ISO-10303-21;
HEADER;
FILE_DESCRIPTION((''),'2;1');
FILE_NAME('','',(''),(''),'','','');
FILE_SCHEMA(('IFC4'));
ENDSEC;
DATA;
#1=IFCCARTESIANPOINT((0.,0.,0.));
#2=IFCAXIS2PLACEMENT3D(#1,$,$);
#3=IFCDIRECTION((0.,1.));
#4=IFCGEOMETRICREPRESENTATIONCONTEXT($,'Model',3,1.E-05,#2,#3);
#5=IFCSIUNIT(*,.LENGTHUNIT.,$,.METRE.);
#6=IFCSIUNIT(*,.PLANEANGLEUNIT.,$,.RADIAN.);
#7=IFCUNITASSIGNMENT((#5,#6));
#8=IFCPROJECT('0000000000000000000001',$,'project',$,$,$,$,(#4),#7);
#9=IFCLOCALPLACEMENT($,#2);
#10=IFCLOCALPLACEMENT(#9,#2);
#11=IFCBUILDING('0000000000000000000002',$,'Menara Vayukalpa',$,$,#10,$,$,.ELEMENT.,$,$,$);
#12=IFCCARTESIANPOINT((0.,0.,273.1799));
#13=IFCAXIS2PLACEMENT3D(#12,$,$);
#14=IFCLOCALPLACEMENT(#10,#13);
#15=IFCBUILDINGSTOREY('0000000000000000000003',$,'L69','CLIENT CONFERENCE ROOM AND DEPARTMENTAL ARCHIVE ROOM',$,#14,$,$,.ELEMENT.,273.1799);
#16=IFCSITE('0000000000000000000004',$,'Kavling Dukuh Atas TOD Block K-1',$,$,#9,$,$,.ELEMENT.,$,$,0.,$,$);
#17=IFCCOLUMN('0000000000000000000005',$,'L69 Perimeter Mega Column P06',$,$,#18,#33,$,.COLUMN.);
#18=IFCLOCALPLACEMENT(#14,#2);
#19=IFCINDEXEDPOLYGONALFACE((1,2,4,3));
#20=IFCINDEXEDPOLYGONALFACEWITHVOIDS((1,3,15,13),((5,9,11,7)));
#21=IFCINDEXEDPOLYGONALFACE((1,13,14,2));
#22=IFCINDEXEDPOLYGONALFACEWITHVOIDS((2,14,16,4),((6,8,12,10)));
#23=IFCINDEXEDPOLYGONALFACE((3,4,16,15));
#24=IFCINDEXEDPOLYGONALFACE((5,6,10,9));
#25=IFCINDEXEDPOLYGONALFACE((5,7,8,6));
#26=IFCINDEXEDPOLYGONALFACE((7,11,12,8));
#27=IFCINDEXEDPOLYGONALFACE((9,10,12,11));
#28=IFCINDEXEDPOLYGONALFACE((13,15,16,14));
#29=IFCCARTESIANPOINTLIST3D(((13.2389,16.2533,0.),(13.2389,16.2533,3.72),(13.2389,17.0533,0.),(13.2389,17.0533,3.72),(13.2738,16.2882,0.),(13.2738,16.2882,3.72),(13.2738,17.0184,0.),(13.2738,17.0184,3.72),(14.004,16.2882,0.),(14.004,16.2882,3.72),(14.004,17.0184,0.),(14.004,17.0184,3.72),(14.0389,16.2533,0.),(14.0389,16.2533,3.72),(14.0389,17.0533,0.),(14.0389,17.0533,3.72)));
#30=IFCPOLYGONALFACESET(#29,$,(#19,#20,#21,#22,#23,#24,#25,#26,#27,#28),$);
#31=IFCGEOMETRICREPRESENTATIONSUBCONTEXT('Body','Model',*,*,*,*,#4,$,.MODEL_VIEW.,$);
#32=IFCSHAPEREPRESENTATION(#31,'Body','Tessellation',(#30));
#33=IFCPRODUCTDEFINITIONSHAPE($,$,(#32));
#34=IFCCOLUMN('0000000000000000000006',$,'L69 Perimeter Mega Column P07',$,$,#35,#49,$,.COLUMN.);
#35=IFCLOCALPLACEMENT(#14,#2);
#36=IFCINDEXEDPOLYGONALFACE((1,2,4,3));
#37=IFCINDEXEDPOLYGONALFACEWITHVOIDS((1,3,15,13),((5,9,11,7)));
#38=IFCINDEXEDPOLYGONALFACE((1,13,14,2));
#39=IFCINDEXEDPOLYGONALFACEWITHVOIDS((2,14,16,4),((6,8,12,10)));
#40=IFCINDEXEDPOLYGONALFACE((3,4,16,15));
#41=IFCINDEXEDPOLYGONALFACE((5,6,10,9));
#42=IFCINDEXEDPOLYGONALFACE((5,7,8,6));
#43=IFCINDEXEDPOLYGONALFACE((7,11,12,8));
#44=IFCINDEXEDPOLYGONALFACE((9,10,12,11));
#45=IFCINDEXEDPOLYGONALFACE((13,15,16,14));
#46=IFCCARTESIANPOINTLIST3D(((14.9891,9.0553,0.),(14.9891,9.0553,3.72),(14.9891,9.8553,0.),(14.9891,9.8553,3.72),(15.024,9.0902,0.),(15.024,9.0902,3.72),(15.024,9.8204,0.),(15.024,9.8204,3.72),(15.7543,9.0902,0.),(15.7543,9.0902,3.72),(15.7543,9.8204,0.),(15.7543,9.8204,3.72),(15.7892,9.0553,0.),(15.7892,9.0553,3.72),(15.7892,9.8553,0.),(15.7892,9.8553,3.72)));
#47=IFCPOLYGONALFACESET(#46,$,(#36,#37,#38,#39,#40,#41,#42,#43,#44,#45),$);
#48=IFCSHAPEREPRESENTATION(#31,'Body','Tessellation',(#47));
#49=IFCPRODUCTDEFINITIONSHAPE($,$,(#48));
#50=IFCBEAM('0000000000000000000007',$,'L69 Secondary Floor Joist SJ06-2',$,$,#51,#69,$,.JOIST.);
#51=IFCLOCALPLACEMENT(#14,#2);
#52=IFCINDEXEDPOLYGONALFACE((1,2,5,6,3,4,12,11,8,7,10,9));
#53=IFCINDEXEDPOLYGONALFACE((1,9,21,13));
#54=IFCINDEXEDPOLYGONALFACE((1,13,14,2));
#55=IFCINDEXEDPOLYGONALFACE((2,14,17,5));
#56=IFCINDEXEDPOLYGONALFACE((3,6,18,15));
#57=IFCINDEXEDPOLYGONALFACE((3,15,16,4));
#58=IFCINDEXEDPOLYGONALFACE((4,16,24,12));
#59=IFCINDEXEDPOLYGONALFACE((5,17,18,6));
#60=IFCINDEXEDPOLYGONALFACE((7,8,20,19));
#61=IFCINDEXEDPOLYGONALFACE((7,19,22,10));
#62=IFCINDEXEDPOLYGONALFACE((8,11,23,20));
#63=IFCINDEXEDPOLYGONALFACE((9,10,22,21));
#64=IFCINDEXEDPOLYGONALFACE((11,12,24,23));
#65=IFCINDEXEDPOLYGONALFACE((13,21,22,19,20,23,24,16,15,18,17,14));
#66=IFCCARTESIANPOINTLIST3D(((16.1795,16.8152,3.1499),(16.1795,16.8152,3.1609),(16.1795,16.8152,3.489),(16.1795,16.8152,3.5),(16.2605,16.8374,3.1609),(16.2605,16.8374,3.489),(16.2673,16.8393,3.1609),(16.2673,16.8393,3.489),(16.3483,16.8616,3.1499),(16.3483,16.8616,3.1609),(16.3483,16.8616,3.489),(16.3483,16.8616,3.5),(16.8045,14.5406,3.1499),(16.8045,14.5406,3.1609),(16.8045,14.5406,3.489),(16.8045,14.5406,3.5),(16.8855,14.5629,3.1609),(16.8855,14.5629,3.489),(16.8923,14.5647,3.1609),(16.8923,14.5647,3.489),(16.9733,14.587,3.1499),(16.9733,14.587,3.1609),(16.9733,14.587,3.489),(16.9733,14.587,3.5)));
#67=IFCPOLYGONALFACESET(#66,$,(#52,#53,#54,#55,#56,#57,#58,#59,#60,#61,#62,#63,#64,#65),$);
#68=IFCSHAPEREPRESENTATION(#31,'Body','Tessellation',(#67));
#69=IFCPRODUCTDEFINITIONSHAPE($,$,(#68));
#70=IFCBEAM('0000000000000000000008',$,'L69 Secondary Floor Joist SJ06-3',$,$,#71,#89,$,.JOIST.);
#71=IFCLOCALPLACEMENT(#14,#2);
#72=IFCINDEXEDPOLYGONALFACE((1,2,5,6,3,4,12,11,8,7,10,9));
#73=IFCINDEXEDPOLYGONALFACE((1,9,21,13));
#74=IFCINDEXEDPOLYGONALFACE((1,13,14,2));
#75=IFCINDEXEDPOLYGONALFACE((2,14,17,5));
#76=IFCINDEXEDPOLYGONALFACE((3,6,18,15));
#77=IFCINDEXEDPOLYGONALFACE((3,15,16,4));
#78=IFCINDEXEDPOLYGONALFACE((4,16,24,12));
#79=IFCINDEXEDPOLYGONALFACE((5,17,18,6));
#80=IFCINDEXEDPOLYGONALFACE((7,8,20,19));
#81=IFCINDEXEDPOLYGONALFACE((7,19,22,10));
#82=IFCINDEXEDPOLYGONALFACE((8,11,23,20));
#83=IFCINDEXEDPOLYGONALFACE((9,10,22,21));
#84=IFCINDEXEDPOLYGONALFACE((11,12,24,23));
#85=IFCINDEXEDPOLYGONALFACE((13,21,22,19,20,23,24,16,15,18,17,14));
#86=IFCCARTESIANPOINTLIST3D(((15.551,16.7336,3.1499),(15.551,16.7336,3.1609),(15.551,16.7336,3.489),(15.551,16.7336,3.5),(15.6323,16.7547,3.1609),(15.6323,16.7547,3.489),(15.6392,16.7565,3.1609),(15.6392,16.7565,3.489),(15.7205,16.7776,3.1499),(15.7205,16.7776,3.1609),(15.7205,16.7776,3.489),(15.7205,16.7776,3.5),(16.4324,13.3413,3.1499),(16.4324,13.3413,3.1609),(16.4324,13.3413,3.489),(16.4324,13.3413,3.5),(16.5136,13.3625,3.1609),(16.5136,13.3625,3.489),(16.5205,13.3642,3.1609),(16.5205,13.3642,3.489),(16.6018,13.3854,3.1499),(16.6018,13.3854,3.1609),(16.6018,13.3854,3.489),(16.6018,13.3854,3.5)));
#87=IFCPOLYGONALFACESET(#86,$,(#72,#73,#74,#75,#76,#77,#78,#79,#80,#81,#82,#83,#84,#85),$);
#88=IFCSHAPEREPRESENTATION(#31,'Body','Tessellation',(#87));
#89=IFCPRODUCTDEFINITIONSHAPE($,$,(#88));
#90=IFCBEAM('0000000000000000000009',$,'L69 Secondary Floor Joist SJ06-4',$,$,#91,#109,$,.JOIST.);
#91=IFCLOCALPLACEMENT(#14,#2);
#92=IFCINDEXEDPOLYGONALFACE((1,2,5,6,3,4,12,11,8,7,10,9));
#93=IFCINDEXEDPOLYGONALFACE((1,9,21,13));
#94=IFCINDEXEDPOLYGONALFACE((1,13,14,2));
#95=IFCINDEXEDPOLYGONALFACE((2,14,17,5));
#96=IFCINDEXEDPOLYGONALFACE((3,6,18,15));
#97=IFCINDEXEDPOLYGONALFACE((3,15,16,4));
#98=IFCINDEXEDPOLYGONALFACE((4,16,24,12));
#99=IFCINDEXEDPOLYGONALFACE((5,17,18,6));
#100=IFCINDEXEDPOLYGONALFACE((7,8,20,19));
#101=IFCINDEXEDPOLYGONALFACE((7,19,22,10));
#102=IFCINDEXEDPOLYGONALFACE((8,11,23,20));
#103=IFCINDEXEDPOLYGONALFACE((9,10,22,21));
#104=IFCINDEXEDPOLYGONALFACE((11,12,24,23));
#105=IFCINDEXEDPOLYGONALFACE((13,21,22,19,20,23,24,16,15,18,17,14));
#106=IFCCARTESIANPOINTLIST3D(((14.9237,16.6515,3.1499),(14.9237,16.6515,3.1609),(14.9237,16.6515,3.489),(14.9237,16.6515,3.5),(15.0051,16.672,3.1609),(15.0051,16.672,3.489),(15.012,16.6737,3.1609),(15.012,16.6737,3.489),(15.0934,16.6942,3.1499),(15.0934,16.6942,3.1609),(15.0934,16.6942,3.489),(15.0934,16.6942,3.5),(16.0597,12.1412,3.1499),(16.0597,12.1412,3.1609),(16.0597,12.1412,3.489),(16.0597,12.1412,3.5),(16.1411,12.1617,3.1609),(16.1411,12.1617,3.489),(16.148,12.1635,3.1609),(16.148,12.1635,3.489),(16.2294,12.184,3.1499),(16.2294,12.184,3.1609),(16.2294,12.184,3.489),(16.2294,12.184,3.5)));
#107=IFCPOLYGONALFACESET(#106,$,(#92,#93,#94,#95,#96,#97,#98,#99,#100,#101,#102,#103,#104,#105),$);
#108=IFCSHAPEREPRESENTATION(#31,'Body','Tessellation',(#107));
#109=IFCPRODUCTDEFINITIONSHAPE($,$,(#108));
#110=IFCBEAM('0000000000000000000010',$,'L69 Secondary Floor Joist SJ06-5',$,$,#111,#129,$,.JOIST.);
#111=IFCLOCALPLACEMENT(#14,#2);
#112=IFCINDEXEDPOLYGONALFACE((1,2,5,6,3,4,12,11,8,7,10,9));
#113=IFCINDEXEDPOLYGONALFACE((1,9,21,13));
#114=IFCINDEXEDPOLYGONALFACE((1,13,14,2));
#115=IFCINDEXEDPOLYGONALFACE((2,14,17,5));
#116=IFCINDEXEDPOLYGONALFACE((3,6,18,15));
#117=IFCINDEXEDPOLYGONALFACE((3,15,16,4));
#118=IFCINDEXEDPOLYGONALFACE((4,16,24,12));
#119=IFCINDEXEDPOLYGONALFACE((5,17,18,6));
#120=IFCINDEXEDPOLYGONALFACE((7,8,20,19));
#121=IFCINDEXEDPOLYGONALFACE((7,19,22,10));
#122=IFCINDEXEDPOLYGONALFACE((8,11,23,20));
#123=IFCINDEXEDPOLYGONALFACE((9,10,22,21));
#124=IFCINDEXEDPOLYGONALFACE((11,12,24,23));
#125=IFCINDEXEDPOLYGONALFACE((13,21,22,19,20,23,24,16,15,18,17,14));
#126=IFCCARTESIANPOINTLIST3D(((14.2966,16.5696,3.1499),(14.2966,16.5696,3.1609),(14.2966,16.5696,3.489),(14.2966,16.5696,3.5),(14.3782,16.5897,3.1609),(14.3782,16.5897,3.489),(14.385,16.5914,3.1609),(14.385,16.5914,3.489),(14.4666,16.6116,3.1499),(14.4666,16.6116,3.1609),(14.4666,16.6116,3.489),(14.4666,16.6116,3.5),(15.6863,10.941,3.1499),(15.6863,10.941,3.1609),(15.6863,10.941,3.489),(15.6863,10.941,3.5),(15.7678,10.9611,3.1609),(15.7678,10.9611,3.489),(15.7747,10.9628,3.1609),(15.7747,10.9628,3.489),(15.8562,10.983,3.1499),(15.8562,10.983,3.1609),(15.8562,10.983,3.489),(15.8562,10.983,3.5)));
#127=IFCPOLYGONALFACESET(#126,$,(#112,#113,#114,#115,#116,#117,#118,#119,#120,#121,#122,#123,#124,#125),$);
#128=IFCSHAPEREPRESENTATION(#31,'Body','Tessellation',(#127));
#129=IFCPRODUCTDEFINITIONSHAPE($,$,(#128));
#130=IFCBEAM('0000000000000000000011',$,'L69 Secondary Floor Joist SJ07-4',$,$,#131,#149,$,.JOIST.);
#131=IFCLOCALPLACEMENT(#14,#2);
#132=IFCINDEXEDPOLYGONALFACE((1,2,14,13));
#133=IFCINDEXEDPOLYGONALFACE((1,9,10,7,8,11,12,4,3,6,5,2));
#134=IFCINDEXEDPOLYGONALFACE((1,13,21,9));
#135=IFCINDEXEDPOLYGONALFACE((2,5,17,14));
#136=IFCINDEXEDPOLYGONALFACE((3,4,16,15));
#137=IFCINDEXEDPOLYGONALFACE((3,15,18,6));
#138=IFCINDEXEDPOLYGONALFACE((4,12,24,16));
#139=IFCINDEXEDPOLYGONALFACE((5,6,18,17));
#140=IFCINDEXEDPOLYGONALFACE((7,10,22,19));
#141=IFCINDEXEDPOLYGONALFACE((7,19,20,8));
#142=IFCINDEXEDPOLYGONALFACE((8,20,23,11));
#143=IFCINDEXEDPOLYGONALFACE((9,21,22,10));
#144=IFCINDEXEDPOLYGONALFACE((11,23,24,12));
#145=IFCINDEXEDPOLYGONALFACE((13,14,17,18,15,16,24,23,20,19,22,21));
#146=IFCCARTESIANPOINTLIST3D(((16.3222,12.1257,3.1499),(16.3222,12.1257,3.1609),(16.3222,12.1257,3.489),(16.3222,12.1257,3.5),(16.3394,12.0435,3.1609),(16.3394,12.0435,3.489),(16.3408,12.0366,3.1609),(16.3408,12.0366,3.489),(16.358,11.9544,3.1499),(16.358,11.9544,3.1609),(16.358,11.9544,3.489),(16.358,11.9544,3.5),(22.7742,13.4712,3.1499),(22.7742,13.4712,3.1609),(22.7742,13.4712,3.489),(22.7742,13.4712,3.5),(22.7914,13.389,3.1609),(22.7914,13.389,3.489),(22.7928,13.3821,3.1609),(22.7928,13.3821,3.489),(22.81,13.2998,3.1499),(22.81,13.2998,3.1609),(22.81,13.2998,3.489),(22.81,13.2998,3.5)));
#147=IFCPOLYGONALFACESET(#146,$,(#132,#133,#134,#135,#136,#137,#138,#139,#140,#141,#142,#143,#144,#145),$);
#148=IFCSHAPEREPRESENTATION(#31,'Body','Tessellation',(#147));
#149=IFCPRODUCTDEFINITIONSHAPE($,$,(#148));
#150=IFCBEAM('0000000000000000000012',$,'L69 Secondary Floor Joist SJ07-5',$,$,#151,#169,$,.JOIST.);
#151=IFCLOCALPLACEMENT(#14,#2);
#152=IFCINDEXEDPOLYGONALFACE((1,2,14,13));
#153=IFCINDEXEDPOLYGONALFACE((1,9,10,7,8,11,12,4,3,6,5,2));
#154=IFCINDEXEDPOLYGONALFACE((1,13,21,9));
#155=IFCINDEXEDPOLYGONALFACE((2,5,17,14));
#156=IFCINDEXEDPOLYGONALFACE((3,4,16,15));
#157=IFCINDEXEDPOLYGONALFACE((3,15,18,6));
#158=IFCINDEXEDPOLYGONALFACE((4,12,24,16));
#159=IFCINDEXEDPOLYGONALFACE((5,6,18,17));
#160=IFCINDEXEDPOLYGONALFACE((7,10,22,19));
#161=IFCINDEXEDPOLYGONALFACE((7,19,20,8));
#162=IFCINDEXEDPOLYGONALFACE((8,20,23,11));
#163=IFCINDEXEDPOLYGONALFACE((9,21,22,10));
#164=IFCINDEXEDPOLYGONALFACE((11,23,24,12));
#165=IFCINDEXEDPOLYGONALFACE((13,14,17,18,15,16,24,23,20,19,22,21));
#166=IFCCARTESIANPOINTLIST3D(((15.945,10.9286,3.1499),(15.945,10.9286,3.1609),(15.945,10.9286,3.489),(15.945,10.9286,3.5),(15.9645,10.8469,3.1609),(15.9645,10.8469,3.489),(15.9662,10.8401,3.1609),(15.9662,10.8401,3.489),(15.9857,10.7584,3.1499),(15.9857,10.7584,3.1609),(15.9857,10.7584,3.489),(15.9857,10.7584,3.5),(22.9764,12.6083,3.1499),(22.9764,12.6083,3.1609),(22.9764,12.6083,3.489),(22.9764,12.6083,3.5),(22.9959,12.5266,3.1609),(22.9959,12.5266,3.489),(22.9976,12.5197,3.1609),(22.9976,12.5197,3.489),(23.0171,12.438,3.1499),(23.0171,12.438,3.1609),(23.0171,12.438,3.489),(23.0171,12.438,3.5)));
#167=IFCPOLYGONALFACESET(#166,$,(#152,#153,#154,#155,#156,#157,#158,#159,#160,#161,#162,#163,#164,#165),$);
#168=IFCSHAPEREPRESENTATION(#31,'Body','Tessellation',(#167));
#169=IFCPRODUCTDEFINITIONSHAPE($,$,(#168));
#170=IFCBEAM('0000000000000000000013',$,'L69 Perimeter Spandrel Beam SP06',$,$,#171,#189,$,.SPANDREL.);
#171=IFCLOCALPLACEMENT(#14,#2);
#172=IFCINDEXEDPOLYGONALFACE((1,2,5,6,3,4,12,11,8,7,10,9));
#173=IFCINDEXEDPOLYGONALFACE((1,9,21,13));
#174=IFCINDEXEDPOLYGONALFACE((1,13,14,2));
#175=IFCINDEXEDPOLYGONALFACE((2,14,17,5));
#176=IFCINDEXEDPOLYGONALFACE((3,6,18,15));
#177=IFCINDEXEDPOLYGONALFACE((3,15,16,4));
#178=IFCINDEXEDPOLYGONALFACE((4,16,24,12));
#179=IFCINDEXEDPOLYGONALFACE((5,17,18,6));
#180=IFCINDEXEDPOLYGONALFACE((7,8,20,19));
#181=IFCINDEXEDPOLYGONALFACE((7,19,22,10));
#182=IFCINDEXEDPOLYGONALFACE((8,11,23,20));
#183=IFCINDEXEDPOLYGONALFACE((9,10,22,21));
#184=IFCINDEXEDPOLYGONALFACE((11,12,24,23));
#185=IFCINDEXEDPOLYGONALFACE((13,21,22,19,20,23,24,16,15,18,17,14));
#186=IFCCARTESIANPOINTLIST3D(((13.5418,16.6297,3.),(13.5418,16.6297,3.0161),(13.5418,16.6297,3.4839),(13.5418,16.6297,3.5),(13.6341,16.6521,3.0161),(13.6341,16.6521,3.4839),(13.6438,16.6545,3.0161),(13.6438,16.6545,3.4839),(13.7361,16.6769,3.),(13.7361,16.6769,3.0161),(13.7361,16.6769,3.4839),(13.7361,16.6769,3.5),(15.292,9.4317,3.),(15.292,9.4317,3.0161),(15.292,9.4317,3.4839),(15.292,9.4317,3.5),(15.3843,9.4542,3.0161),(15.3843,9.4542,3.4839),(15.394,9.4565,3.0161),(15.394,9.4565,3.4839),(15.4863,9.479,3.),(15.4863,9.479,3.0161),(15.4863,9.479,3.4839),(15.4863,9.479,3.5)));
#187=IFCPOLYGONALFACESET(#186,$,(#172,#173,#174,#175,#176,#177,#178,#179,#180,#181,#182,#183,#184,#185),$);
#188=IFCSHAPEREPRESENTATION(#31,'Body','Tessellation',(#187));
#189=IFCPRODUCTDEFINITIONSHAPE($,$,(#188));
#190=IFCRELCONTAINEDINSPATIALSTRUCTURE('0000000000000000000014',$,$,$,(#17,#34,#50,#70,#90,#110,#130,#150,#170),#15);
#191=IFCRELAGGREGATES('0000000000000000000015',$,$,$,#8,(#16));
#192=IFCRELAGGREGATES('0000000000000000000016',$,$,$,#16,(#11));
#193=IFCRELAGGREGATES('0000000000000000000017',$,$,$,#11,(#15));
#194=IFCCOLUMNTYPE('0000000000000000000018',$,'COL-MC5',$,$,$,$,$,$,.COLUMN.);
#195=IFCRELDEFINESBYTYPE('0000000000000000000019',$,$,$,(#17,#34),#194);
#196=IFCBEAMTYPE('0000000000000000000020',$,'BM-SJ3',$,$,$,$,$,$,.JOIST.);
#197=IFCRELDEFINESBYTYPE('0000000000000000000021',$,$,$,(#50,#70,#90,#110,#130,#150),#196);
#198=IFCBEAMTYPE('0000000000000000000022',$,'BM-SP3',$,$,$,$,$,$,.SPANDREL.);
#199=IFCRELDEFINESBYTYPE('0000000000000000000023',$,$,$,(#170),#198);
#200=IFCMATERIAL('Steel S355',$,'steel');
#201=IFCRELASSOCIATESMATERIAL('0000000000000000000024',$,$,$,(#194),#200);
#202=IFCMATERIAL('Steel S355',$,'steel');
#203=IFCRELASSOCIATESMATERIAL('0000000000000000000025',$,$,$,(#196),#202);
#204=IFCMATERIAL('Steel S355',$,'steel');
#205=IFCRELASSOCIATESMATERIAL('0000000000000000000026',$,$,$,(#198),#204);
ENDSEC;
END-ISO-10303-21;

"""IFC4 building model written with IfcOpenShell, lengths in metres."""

from ifc_helpers import new_model, si_unit, direction, frame, origin, origin_2d, place, context, subcontext, project, spatial, hollow_rectangle, i_section, extrude, material, material_profile, profile_set, type_object, element, save


model = new_model("IFC4")

# Units and contexts
model_context = context("Model", 3, precision=1e-05, world=origin(), true_north=direction((0.0, 1.0)))
body_context = subcontext(model_context, "Body", "Model", "MODEL_VIEW")
ifc_project = project(units=[si_unit("LENGTHUNIT", "METRE"), si_unit("PLANEANGLEUNIT", "RADIAN")], contexts=[model_context])

# Site, building, storey
site_placement = place(None, origin())
site = spatial("IfcSite", under=ifc_project, at=site_placement, Name="Kavling Dukuh Atas TOD Block K-1", CompositionType="ELEMENT", RefElevation=0.0)
building_placement = place(site_placement, origin())
building = spatial("IfcBuilding", under=site, at=building_placement, Name="Menara Vayukalpa", CompositionType="ELEMENT")
storey_placement = place(building_placement, frame((0.0, 0.0, 273.1799)))
storey = spatial("IfcBuildingStorey", under=building, at=storey_placement, Name="L69", Description="CLIENT CONFERENCE ROOM AND DEPARTMENTAL ARCHIVE ROOM", CompositionType="ELEMENT", Elevation=273.1799)

# Columns
ifc_material_1 = material(Name="Steel S355", Category="steel")
ifc_material_profile_1 = material_profile(ifc_material_1, hollow_rectangle(XDim=0.8, YDim=0.8, WallThickness=0.0349, at=origin_2d()), Name="BOX 800x800x35")
ifc_profile_set_1 = profile_set([ifc_material_profile_1], Name="Steel S355")
column_type = type_object("IfcColumnType", Name="COL-MC5", PredefinedType="COLUMN", material=ifc_profile_set_1)
for number, where, z_axis, x_axis, name in (
    (1, (13.6389, 16.6533, 0.0), (0.0, 0.0, 1.0), (1.0, 0.0, 0.0), "L69 Perimeter Mega Column P06"),
    (2, (15.3892, 9.4553, 0.0), (0.0, 0.0, 1.0), (1.0, 0.0, 0.0), "L69 Perimeter Mega Column P07"),
):
    element("IfcColumn", number, at=place(storey_placement, frame(where, z_axis=z_axis, x_axis=x_axis)), inside=storey, type_object=column_type, Name=name, PredefinedType="COLUMN", context=body_context, shape_type="SweptSolid", body=[
        extrude(hollow_rectangle(XDim=0.8, YDim=0.8, WallThickness=0.0349, at=origin_2d()), origin(), (0.0, 0.0, 1.0), 3.72),
    ])

# Beams
ifc_material_2 = material(Name="Steel S355", Category="steel")
ifc_material_profile_2 = material_profile(ifc_material_2, i_section(OverallWidth=0.175, OverallDepth=0.3501, WebThickness=0.0071, FlangeThickness=0.011, at=origin_2d()), Name="WF 350x175x7x11")
ifc_profile_set_2 = profile_set([ifc_material_profile_2], Name="Steel S355")
beam_type_1 = type_object("IfcBeamType", Name="BM-SJ3", PredefinedType="JOIST", material=ifc_profile_set_2)
beam_1_placement = place(storey_placement, frame((16.2639, 16.8384, 3.325), z_axis=(0.264947, -0.964263, 0.0), x_axis=(0.964263, 0.264947, 0.0)))
element("IfcBeam", 3, at=beam_1_placement, inside=storey, type_object=beam_type_1, Name="L69 Secondary Floor Joist SJ06-2", PredefinedType="JOIST", context=body_context, shape_type="SweptSolid", body=[
    extrude(i_section(OverallWidth=0.175, OverallDepth=0.3501, WebThickness=0.0071, FlangeThickness=0.011, at=origin_2d()), origin(), (0.0, 0.0, 1.0), 2.3589),
])
beam_2_placement = place(storey_placement, frame((15.6357, 16.7556, 3.325), z_axis=(0.251458, -0.967868, 0.0), x_axis=(0.967868, 0.251458, 0.0)))
element("IfcBeam", 4, at=beam_2_placement, inside=storey, type_object=beam_type_1, Name="L69 Secondary Floor Joist SJ06-3", PredefinedType="JOIST", context=body_context, shape_type="SweptSolid", body=[
    extrude(i_section(OverallWidth=0.175, OverallDepth=0.3501, WebThickness=0.0071, FlangeThickness=0.011, at=origin_2d()), origin(), (0.0, 0.0, 1.0), 3.5049),
])
beam_3_placement = place(storey_placement, frame((15.0085, 16.6729, 3.325), z_axis=(0.24424, -0.969715, 0.0), x_axis=(0.969715, 0.24424, 0.0)))
element("IfcBeam", 5, at=beam_3_placement, inside=storey, type_object=beam_type_1, Name="L69 Secondary Floor Joist SJ06-4", PredefinedType="JOIST", context=body_context, shape_type="SweptSolid", body=[
    extrude(i_section(OverallWidth=0.175, OverallDepth=0.3501, WebThickness=0.0071, FlangeThickness=0.011, at=origin_2d()), origin(), (0.0, 0.0, 1.0), 4.6511),
])
beam_4_placement = place(storey_placement, frame((14.3816, 16.5906, 3.325), z_axis=(0.239691, -0.970849, 0.0), x_axis=(0.970849, 0.239691, 0.0)))
element("IfcBeam", 6, at=beam_4_placement, inside=storey, type_object=beam_type_1, Name="L69 Secondary Floor Joist SJ06-5", PredefinedType="JOIST", context=body_context, shape_type="SweptSolid", body=[
    extrude(i_section(OverallWidth=0.175, OverallDepth=0.3501, WebThickness=0.0071, FlangeThickness=0.011, at=origin_2d()), origin(), (0.0, 0.0, 1.0), 5.7976),
])
beam_5_placement = place(storey_placement, frame((16.3401, 12.04, 3.325), z_axis=(0.978941, 0.204145, 0.0), x_axis=(-0.204145, 0.978941, 0.0)))
element("IfcBeam", 7, at=beam_5_placement, inside=storey, type_object=beam_type_1, Name="L69 Secondary Floor Joist SJ07-4", PredefinedType="JOIST", context=body_context, shape_type="SweptSolid", body=[
    extrude(i_section(OverallWidth=0.175, OverallDepth=0.3501, WebThickness=0.0071, FlangeThickness=0.011, at=origin_2d()), origin(), (0.0, 0.0, 1.0), 6.5908),
])
beam_6_placement = place(storey_placement, frame((15.9653, 10.8435, 3.325), z_axis=(0.972634, 0.232343, 0.0), x_axis=(-0.232343, 0.972634, 0.0)))
element("IfcBeam", 8, at=beam_6_placement, inside=storey, type_object=beam_type_1, Name="L69 Secondary Floor Joist SJ07-5", PredefinedType="JOIST", context=body_context, shape_type="SweptSolid", body=[
    extrude(i_section(OverallWidth=0.175, OverallDepth=0.3501, WebThickness=0.0071, FlangeThickness=0.011, at=origin_2d()), origin(), (0.0, 0.0, 1.0), 7.2292),
])
ifc_material_3 = material(Name="Steel S355", Category="steel")
ifc_material_profile_3 = material_profile(ifc_material_3, i_section(OverallWidth=0.2, OverallDepth=0.5, WebThickness=0.01, FlangeThickness=0.0161, at=origin_2d()), Name="WF 500x200x10x16")
ifc_profile_set_3 = profile_set([ifc_material_profile_3], Name="Steel S355")
beam_type_2 = type_object("IfcBeamType", Name="BM-SP3", PredefinedType="SPANDREL", material=ifc_profile_set_3)
beam_7_placement = place(storey_placement, frame((13.6389, 16.6533, 3.25), z_axis=(0.236273, -0.971687, 0.0), x_axis=(0.971687, 0.236273, 0.0)))
element("IfcBeam", 9, at=beam_7_placement, inside=storey, type_object=beam_type_2, Name="L69 Perimeter Spandrel Beam SP06", PredefinedType="SPANDREL", context=body_context, shape_type="SweptSolid", body=[
    extrude(i_section(OverallWidth=0.2, OverallDepth=0.5, WebThickness=0.01, FlangeThickness=0.0161, at=origin_2d()), origin(), (0.0, 0.0, 1.0), 7.4077),
])

save(model, "model.ifc")
